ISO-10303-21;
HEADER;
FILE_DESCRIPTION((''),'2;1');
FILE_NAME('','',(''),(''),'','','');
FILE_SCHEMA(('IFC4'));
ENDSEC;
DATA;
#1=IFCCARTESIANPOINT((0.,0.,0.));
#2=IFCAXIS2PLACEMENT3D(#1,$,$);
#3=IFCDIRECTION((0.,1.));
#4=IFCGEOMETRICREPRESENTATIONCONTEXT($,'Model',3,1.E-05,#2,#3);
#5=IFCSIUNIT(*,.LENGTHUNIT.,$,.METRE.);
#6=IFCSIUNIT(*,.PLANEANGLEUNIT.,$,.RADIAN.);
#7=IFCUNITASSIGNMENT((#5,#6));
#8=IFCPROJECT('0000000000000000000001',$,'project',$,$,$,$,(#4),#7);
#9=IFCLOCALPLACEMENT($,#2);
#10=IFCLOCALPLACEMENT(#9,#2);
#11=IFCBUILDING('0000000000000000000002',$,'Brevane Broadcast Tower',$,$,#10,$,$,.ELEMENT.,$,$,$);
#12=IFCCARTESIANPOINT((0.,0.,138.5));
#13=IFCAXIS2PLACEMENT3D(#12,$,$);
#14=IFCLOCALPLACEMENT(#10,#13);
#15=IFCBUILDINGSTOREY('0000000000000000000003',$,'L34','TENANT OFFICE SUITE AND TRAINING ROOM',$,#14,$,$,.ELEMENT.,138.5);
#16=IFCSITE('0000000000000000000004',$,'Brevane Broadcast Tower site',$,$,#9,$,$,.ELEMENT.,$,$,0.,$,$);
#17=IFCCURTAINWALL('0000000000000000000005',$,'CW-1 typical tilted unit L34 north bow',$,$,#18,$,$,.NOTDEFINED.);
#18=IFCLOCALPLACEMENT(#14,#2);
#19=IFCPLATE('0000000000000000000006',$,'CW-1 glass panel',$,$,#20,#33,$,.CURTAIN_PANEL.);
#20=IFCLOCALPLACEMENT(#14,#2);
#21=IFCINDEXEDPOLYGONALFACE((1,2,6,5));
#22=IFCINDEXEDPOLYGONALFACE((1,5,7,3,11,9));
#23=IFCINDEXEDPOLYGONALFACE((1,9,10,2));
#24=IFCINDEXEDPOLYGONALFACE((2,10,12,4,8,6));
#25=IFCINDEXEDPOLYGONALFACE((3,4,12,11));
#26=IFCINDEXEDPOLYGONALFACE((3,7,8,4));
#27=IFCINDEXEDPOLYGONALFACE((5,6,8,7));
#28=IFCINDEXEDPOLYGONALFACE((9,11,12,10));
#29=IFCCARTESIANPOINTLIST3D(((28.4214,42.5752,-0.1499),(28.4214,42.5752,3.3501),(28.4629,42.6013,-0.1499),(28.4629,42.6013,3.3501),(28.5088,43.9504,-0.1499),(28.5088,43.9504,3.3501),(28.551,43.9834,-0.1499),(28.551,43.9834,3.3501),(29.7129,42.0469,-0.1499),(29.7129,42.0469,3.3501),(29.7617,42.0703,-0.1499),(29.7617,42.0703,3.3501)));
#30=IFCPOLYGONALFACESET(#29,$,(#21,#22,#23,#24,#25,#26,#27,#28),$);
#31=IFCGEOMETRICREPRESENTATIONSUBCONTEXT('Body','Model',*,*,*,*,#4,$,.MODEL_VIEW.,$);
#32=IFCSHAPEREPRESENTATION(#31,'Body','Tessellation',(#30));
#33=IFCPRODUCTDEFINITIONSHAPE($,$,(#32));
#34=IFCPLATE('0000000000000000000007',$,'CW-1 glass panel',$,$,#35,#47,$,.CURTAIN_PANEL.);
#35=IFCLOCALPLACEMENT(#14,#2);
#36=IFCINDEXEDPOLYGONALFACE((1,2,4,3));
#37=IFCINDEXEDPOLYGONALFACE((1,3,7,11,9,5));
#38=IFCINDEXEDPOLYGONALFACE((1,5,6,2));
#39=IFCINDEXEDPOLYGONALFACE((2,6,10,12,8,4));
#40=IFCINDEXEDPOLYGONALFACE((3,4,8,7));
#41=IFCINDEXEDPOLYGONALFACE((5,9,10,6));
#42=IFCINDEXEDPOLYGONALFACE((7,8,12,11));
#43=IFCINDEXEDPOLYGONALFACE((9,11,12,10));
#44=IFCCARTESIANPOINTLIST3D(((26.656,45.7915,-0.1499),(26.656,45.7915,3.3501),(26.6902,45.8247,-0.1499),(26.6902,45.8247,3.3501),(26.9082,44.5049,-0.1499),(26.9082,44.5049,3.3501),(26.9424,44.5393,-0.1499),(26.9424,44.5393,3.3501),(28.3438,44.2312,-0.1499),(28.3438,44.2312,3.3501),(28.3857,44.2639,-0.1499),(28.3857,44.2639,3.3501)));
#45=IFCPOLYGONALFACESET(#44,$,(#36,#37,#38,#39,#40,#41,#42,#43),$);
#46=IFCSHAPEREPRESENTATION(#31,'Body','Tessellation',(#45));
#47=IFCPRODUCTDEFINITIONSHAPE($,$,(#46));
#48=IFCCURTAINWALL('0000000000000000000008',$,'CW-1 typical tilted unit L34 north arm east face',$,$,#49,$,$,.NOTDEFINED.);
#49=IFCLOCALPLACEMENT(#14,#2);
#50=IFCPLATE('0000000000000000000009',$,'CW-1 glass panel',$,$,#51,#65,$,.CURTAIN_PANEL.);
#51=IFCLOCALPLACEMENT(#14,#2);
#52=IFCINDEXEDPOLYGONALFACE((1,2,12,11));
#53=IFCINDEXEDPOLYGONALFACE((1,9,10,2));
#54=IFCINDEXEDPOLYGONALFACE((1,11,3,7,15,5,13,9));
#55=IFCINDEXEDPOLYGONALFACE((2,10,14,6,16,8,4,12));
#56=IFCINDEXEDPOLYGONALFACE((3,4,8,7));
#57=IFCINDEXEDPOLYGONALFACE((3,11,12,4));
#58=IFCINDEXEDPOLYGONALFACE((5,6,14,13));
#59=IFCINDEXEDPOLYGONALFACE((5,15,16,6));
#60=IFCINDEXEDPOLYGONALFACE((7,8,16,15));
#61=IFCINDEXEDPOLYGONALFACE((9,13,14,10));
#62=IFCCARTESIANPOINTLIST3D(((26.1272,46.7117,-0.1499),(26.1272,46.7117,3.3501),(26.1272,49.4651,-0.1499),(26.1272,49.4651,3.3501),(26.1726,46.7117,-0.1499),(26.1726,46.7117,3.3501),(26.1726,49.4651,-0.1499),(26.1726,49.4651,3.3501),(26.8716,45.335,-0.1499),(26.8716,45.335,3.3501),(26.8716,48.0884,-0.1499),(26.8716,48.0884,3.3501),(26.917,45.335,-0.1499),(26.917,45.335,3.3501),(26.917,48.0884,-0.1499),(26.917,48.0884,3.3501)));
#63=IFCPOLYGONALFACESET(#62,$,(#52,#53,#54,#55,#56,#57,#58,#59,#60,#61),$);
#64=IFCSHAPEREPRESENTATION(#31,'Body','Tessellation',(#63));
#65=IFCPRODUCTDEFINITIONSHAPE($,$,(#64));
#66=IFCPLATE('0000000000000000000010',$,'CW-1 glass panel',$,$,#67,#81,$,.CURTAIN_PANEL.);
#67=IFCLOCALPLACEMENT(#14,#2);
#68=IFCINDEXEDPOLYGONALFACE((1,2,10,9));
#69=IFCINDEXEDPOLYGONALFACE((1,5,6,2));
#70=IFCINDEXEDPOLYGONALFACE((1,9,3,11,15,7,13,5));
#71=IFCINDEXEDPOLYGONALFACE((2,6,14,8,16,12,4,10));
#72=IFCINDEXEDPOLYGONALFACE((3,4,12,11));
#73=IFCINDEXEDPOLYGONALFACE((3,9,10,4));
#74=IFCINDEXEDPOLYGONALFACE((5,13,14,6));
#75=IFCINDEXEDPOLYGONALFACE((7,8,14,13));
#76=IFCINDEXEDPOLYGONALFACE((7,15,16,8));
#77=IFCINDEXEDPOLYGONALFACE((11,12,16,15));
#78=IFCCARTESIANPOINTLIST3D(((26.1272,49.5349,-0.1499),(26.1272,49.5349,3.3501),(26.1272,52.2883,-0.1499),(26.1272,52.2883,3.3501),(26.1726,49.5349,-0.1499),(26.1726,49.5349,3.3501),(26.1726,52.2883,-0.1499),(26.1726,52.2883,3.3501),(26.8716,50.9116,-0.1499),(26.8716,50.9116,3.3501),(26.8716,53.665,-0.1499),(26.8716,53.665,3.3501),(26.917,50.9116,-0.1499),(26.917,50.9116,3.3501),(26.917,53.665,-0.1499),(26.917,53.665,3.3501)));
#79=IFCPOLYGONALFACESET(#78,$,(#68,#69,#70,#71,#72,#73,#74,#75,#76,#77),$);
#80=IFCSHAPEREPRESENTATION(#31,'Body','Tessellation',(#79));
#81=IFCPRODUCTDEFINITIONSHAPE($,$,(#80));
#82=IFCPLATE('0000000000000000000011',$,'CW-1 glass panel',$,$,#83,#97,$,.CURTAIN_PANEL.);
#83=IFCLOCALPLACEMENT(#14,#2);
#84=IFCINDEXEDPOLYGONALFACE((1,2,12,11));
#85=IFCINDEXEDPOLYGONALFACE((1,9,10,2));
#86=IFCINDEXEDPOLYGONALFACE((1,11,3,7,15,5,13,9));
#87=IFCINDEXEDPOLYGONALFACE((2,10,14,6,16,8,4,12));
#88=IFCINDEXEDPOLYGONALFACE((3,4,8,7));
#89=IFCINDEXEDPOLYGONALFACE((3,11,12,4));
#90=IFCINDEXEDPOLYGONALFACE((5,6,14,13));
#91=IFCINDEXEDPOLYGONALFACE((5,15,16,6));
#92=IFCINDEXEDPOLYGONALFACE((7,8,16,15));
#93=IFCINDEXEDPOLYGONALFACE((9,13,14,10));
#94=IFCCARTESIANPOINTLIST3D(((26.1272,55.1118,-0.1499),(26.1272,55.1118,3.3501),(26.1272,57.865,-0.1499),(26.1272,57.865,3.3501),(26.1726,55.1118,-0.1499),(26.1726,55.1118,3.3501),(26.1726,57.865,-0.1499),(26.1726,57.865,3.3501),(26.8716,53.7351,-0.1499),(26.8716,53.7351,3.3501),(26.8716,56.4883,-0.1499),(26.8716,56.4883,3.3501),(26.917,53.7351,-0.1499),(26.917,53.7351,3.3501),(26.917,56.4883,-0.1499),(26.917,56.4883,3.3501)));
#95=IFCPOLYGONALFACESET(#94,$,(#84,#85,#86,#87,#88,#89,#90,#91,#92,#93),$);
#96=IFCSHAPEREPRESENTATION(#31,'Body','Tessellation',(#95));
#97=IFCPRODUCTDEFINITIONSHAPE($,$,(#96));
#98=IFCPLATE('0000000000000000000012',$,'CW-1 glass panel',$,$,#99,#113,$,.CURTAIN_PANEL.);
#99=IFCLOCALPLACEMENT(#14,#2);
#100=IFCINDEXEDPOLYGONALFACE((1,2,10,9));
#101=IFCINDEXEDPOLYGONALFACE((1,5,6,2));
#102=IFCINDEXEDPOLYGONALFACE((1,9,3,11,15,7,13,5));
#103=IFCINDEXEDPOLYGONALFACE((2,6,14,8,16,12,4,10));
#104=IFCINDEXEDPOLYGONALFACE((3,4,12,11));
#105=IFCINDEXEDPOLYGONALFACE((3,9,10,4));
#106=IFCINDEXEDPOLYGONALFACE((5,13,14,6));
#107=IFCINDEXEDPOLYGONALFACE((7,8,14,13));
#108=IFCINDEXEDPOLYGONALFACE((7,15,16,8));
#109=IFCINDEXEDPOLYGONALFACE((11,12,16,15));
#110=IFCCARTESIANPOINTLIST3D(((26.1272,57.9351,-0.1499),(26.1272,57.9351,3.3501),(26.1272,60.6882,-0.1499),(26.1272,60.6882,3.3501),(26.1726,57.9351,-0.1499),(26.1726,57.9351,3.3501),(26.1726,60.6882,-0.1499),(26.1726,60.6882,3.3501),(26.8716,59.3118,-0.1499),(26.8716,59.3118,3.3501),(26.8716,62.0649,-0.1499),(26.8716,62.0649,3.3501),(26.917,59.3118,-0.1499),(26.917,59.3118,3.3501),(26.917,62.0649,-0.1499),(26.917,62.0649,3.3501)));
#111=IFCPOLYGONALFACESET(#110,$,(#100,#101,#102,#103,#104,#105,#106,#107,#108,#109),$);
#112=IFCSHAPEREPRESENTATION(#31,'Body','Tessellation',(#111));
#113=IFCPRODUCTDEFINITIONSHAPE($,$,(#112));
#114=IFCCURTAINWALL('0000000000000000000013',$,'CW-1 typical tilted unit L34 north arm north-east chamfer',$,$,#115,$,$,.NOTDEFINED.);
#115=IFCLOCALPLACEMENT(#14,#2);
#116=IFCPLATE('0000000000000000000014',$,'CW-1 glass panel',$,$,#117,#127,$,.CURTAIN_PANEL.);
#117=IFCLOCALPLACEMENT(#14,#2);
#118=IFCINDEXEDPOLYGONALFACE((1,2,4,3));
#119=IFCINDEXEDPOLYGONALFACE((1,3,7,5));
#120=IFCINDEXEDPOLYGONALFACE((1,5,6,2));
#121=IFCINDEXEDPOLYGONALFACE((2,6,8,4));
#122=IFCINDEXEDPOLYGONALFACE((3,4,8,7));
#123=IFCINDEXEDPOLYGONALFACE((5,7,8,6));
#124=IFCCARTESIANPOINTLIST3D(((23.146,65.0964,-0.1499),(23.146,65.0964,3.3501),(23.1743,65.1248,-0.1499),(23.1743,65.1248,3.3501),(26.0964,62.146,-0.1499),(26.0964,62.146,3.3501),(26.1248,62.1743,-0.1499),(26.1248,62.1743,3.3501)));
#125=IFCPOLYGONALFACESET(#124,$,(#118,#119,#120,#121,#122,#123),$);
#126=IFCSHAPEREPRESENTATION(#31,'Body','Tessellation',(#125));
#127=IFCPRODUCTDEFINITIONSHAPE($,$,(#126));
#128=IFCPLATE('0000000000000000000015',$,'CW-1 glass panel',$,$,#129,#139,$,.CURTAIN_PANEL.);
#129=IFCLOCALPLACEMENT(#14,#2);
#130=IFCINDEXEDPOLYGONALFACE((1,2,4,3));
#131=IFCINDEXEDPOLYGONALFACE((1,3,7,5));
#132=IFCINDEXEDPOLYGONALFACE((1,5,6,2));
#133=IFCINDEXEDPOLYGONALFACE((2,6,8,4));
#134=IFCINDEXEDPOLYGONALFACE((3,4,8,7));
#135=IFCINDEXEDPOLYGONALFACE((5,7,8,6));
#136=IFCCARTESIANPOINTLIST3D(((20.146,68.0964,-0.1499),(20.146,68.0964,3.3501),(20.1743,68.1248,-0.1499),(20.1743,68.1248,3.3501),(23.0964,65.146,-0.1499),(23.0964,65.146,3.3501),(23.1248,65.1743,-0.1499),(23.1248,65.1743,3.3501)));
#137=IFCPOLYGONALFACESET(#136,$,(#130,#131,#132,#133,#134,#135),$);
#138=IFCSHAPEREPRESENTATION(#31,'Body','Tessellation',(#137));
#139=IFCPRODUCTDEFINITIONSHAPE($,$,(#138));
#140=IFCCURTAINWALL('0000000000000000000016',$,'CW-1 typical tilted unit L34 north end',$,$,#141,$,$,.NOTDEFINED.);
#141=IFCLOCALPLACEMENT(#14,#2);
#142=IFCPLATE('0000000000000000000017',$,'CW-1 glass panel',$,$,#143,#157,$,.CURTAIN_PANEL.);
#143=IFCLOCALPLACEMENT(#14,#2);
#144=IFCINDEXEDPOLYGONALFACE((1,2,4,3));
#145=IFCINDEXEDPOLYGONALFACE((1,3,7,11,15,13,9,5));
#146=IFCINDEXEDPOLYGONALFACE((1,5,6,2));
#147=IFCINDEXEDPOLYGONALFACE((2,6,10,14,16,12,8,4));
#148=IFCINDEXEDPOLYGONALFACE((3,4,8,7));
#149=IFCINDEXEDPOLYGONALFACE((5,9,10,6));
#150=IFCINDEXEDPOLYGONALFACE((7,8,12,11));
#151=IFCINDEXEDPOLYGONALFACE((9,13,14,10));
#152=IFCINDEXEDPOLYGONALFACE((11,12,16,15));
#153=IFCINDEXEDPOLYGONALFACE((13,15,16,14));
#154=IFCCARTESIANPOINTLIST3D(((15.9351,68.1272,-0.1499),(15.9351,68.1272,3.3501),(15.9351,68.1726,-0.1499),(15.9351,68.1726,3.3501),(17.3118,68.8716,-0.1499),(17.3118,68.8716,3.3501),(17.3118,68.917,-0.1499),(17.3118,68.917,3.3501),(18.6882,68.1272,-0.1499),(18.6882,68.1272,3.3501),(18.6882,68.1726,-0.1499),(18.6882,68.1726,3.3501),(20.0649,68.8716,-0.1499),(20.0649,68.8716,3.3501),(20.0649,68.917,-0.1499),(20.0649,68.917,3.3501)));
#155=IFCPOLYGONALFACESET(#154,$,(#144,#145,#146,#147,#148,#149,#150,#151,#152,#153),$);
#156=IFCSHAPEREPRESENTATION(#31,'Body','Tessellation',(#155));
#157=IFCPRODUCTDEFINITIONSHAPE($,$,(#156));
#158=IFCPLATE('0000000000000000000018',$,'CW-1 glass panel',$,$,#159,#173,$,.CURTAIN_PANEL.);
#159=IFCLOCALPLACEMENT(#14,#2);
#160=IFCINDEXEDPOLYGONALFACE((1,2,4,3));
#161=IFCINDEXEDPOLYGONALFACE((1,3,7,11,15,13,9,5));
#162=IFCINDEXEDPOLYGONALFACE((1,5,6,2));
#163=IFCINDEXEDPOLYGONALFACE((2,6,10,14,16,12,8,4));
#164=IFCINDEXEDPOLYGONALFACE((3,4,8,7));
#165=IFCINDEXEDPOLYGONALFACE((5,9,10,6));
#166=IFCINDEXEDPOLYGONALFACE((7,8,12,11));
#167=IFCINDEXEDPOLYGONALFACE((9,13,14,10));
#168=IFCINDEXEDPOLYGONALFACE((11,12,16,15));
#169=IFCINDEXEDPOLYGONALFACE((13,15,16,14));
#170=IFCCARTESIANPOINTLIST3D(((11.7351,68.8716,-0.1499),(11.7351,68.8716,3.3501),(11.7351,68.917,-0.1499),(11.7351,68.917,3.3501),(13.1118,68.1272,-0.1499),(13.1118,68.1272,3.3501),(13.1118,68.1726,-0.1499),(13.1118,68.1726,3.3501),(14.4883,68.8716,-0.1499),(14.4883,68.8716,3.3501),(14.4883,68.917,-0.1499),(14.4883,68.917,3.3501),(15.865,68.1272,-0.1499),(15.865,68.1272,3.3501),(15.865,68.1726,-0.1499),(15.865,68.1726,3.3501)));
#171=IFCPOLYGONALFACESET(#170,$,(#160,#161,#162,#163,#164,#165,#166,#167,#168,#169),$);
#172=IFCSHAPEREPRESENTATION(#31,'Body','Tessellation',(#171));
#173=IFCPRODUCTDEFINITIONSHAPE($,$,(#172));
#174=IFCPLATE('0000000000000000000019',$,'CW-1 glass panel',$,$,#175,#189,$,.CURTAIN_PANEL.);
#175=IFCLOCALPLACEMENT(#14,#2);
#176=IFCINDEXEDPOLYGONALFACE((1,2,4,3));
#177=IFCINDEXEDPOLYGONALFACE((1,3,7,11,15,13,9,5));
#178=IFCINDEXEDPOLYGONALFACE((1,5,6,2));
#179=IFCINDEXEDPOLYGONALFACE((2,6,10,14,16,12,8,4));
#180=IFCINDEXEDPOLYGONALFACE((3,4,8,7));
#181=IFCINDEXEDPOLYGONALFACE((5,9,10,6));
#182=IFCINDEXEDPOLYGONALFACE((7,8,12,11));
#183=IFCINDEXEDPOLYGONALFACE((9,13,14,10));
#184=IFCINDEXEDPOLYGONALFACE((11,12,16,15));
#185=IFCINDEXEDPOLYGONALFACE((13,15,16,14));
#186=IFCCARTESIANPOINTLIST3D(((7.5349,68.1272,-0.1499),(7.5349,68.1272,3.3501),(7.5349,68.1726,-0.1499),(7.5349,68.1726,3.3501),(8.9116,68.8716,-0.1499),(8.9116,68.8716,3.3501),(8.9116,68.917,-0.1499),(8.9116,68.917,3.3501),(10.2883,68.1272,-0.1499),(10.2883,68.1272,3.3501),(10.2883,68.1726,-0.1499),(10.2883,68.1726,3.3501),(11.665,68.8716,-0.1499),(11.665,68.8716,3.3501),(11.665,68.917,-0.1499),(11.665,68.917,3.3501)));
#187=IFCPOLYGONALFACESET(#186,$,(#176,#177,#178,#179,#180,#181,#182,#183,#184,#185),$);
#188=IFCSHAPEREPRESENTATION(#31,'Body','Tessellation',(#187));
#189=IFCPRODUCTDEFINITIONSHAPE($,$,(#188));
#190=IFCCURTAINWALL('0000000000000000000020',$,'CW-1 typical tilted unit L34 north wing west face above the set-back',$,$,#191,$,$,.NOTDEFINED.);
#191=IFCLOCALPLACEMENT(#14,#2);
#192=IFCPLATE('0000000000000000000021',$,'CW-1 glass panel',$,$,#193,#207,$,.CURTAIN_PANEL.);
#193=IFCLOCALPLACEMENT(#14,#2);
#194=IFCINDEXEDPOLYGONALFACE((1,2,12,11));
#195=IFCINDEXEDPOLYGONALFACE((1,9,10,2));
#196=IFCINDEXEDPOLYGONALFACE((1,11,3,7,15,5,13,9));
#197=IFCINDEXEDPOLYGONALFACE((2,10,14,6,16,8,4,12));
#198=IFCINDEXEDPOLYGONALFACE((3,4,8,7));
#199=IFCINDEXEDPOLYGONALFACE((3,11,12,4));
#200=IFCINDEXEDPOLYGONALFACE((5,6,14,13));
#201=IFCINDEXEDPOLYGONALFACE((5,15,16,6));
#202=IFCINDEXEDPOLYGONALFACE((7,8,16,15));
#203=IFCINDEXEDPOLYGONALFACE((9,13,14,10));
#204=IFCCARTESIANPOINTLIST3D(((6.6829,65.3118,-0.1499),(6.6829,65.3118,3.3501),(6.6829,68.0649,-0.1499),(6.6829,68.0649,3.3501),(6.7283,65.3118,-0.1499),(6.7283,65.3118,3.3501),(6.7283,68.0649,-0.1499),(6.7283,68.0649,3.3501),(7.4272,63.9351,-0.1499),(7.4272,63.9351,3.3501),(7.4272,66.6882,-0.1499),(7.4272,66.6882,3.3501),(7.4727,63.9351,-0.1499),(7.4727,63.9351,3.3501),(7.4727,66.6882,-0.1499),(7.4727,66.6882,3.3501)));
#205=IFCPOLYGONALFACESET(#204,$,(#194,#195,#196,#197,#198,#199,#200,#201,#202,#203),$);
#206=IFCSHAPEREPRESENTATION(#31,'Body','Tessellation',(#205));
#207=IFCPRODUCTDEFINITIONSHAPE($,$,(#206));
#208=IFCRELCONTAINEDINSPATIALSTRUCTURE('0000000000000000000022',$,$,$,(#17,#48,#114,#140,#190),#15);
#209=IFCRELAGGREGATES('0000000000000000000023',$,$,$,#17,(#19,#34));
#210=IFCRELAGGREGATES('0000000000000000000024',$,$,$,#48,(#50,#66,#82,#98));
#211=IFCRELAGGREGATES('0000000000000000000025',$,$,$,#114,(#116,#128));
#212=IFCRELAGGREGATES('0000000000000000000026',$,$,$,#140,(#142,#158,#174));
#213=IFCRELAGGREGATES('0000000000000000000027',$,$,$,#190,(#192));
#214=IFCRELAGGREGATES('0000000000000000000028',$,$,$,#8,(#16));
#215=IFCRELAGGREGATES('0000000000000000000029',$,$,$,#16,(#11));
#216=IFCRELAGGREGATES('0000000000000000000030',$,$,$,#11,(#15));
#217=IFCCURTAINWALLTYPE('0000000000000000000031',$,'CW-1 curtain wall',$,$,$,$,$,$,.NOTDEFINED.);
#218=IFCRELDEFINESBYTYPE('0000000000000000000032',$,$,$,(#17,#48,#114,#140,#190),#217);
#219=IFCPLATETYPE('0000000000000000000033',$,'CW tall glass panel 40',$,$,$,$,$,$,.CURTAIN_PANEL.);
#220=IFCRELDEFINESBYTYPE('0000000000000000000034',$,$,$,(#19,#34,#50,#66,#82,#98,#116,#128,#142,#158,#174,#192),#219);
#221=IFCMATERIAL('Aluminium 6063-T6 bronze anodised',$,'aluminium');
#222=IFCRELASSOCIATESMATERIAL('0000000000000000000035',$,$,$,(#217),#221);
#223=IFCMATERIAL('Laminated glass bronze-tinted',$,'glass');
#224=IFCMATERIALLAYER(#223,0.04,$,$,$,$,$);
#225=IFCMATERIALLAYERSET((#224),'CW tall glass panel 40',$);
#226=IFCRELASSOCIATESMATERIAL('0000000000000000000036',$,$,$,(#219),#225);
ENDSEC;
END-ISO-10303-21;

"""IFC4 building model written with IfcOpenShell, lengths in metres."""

from ifc_helpers import new_model, si_unit, direction, frame, origin, place, context, subcontext, project, spatial, polyline, outline, extrude, material, layer, layer_set, type_object, element, aggregate, save


model = new_model("IFC4")

# Units and contexts
model_context = context("Model", 3, precision=1e-05, world=origin(), true_north=direction((0.0, 1.0)))
body_context = subcontext(model_context, "Body", "Model", "MODEL_VIEW")
ifc_project = project(units=[si_unit("LENGTHUNIT", "METRE"), si_unit("PLANEANGLEUNIT", "RADIAN")], contexts=[model_context])

# Site, building, storey
site_placement = place(None, origin())
site = spatial("IfcSite", under=ifc_project, at=site_placement, Name="Brevane Broadcast Tower site", CompositionType="ELEMENT", RefElevation=0.0)
building_placement = place(site_placement, origin())
building = spatial("IfcBuilding", under=site, at=building_placement, Name="Brevane Broadcast Tower", CompositionType="ELEMENT")
storey_placement = place(building_placement, frame((0.0, 0.0, 138.5)))
storey = spatial("IfcBuildingStorey", under=building, at=storey_placement, Name="L34", Description="TENANT OFFICE SUITE AND TRAINING ROOM", CompositionType="ELEMENT", Elevation=138.5)

# Shared definitions
ifc_material_1 = material(Name="Aluminium 6063-T6 bronze anodised", Category="aluminium")
curtain_wall_type = type_object("IfcCurtainWallType", Name="CW-1 curtain wall", PredefinedType="NOTDEFINED", material=ifc_material_1)

# Curtain walls, plates
ifc_material_2 = material(Name="Laminated glass bronze-tinted", Category="glass")
ifc_layer = layer(ifc_material_2, 0.04)
ifc_layer_set = layer_set([ifc_layer], Name="CW tall glass panel 40")
plate_type = type_object("IfcPlateType", Name="CW tall glass panel 40", PredefinedType="CURTAIN_PANEL", material=ifc_layer_set)
curtain_wall_1_placement = place(storey_placement, origin())
curtain_wall_1 = element("IfcCurtainWall", 1, at=curtain_wall_1_placement, inside=storey, type_object=curtain_wall_type, Name="CW-1 typical tilted unit L34 north bow", PredefinedType="NOTDEFINED")
plate_1_placement = place(storey_placement, frame((0.0, 0.0, -0.1499)))
plate_1 = element("IfcPlate", 2, at=plate_1_placement, type_object=plate_type, Name="CW-1 glass panel", PredefinedType="CURTAIN_PANEL", context=body_context, shape_type="SweptSolid", body=[
    extrude(outline(polyline([(29.7129, 42.0469), (29.7617, 42.0703), (28.4629, 42.6013), (28.551, 43.9834), (28.5088, 43.9504), (28.4214, 42.5752), (29.7129, 42.0469)])), origin(), (0.0, 0.0, 1.0), 3.5),
])
plate_2_placement = place(storey_placement, frame((0.0, 0.0, -0.1499)))
plate_2 = element("IfcPlate", 3, at=plate_2_placement, type_object=plate_type, Name="CW-1 glass panel", PredefinedType="CURTAIN_PANEL", context=body_context, shape_type="SweptSolid", body=[
    extrude(outline(polyline([(28.3438, 44.2312), (28.3857, 44.2639), (26.9424, 44.5393), (26.6902, 45.8247), (26.656, 45.7915), (26.9082, 44.5049), (28.3438, 44.2312)])), origin(), (0.0, 0.0, 1.0), 3.5),
])
aggregate(curtain_wall_1, [plate_1, plate_2])
curtain_wall_2_placement = place(storey_placement, origin())
curtain_wall_2 = element("IfcCurtainWall", 4, at=curtain_wall_2_placement, inside=storey, type_object=curtain_wall_type, Name="CW-1 typical tilted unit L34 north arm east face", PredefinedType="NOTDEFINED")
plate_3_placement = place(storey_placement, frame((0.0, 0.0, -0.1499)))
plate_3 = element("IfcPlate", 5, at=plate_3_placement, type_object=plate_type, Name="CW-1 glass panel", PredefinedType="CURTAIN_PANEL", context=body_context, shape_type="SweptSolid", body=[
    extrude(outline(polyline([(26.8716, 45.335), (26.917, 45.335), (26.1726, 46.7117), (26.917, 48.0884), (26.1726, 49.4651), (26.1272, 49.4651), (26.8716, 48.0884), (26.1272, 46.7117), (26.8716, 45.335)])), origin(), (0.0, 0.0, 1.0), 3.5),
])
plate_4_placement = place(storey_placement, frame((0.0, 0.0, -0.1499)))
plate_4 = element("IfcPlate", 6, at=plate_4_placement, type_object=plate_type, Name="CW-1 glass panel", PredefinedType="CURTAIN_PANEL", context=body_context, shape_type="SweptSolid", body=[
    extrude(outline(polyline([(26.1272, 49.5349), (26.1726, 49.5349), (26.917, 50.9116), (26.1726, 52.2883), (26.917, 53.665), (26.8716, 53.665), (26.1272, 52.2883), (26.8716, 50.9116), (26.1272, 49.5349)])), origin(), (0.0, 0.0, 1.0), 3.5),
])
plate_5_placement = place(storey_placement, frame((0.0, 0.0, -0.1499)))
plate_5 = element("IfcPlate", 7, at=plate_5_placement, type_object=plate_type, Name="CW-1 glass panel", PredefinedType="CURTAIN_PANEL", context=body_context, shape_type="SweptSolid", body=[
    extrude(outline(polyline([(26.8716, 53.7351), (26.917, 53.7351), (26.1726, 55.1118), (26.917, 56.4883), (26.1726, 57.865), (26.1272, 57.865), (26.8716, 56.4883), (26.1272, 55.1118), (26.8716, 53.7351)])), origin(), (0.0, 0.0, 1.0), 3.5),
])
plate_6_placement = place(storey_placement, frame((0.0, 0.0, -0.1499)))
plate_6 = element("IfcPlate", 8, at=plate_6_placement, type_object=plate_type, Name="CW-1 glass panel", PredefinedType="CURTAIN_PANEL", context=body_context, shape_type="SweptSolid", body=[
    extrude(outline(polyline([(26.1272, 57.9351), (26.1726, 57.9351), (26.917, 59.3118), (26.1726, 60.6882), (26.917, 62.0649), (26.8716, 62.0649), (26.1272, 60.6882), (26.8716, 59.3118), (26.1272, 57.9351)])), origin(), (0.0, 0.0, 1.0), 3.5),
])
aggregate(curtain_wall_2, [plate_3, plate_4, plate_5, plate_6])
curtain_wall_3_placement = place(storey_placement, origin())
curtain_wall_3 = element("IfcCurtainWall", 9, at=curtain_wall_3_placement, inside=storey, type_object=curtain_wall_type, Name="CW-1 typical tilted unit L34 north arm north-east chamfer", PredefinedType="NOTDEFINED")
plate_7_placement = place(storey_placement, frame((0.0, 0.0, -0.1499)))
plate_7 = element("IfcPlate", 10, at=plate_7_placement, type_object=plate_type, Name="CW-1 glass panel", PredefinedType="CURTAIN_PANEL", context=body_context, shape_type="SweptSolid", body=[
    extrude(outline(polyline([(26.0964, 62.146), (23.146, 65.0964), (23.1743, 65.1248), (26.1248, 62.1743), (26.0964, 62.146)])), origin(), (0.0, 0.0, 1.0), 3.5),
])
plate_8_placement = place(storey_placement, frame((0.0, 0.0, -0.1499)))
plate_8 = element("IfcPlate", 11, at=plate_8_placement, type_object=plate_type, Name="CW-1 glass panel", PredefinedType="CURTAIN_PANEL", context=body_context, shape_type="SweptSolid", body=[
    extrude(outline(polyline([(23.0964, 65.146), (20.146, 68.0964), (20.1743, 68.1248), (23.1248, 65.1743), (23.0964, 65.146)])), origin(), (0.0, 0.0, 1.0), 3.5),
])
aggregate(curtain_wall_3, [plate_7, plate_8])
curtain_wall_4_placement = place(storey_placement, origin())
curtain_wall_4 = element("IfcCurtainWall", 12, at=curtain_wall_4_placement, inside=storey, type_object=curtain_wall_type, Name="CW-1 typical tilted unit L34 north end", PredefinedType="NOTDEFINED")
plate_9_placement = place(storey_placement, frame((0.0, 0.0, -0.1499)))
plate_9 = element("IfcPlate", 13, at=plate_9_placement, type_object=plate_type, Name="CW-1 glass panel", PredefinedType="CURTAIN_PANEL", context=body_context, shape_type="SweptSolid", body=[
    extrude(outline(polyline([(20.0649, 68.8716), (20.0649, 68.917), (18.6882, 68.1726), (17.3118, 68.917), (15.9351, 68.1726), (15.9351, 68.1272), (17.3118, 68.8716), (18.6882, 68.1272), (20.0649, 68.8716)])), origin(), (0.0, 0.0, 1.0), 3.5),
])
plate_10_placement = place(storey_placement, frame((0.0, 0.0, -0.1499)))
plate_10 = element("IfcPlate", 14, at=plate_10_placement, type_object=plate_type, Name="CW-1 glass panel", PredefinedType="CURTAIN_PANEL", context=body_context, shape_type="SweptSolid", body=[
    extrude(outline(polyline([(15.865, 68.1272), (15.865, 68.1726), (14.4883, 68.917), (13.1118, 68.1726), (11.7351, 68.917), (11.7351, 68.8716), (13.1118, 68.1272), (14.4883, 68.8716), (15.865, 68.1272)])), origin(), (0.0, 0.0, 1.0), 3.5),
])
plate_11_placement = place(storey_placement, frame((0.0, 0.0, -0.1499)))
plate_11 = element("IfcPlate", 15, at=plate_11_placement, type_object=plate_type, Name="CW-1 glass panel", PredefinedType="CURTAIN_PANEL", context=body_context, shape_type="SweptSolid", body=[
    extrude(outline(polyline([(11.665, 68.8716), (11.665, 68.917), (10.2883, 68.1726), (8.9116, 68.917), (7.5349, 68.1726), (7.5349, 68.1272), (8.9116, 68.8716), (10.2883, 68.1272), (11.665, 68.8716)])), origin(), (0.0, 0.0, 1.0), 3.5),
])
aggregate(curtain_wall_4, [plate_9, plate_10, plate_11])
curtain_wall_5_placement = place(storey_placement, origin())
curtain_wall_5 = element("IfcCurtainWall", 16, at=curtain_wall_5_placement, inside=storey, type_object=curtain_wall_type, Name="CW-1 typical tilted unit L34 north wing west face above the set-back", PredefinedType="NOTDEFINED")
plate_12_placement = place(storey_placement, frame((0.0, 0.0, -0.1499)))
plate_12 = element("IfcPlate", 17, at=plate_12_placement, type_object=plate_type, Name="CW-1 glass panel", PredefinedType="CURTAIN_PANEL", context=body_context, shape_type="SweptSolid", body=[
    extrude(outline(polyline([(6.7283, 68.0649), (6.6829, 68.0649), (7.4272, 66.6882), (6.6829, 65.3118), (7.4272, 63.9351), (7.4727, 63.9351), (6.7283, 65.3118), (7.4727, 66.6882), (6.7283, 68.0649)])), origin(), (0.0, 0.0, 1.0), 3.5),
])
aggregate(curtain_wall_5, [plate_12])

save(model, "model.ifc")
